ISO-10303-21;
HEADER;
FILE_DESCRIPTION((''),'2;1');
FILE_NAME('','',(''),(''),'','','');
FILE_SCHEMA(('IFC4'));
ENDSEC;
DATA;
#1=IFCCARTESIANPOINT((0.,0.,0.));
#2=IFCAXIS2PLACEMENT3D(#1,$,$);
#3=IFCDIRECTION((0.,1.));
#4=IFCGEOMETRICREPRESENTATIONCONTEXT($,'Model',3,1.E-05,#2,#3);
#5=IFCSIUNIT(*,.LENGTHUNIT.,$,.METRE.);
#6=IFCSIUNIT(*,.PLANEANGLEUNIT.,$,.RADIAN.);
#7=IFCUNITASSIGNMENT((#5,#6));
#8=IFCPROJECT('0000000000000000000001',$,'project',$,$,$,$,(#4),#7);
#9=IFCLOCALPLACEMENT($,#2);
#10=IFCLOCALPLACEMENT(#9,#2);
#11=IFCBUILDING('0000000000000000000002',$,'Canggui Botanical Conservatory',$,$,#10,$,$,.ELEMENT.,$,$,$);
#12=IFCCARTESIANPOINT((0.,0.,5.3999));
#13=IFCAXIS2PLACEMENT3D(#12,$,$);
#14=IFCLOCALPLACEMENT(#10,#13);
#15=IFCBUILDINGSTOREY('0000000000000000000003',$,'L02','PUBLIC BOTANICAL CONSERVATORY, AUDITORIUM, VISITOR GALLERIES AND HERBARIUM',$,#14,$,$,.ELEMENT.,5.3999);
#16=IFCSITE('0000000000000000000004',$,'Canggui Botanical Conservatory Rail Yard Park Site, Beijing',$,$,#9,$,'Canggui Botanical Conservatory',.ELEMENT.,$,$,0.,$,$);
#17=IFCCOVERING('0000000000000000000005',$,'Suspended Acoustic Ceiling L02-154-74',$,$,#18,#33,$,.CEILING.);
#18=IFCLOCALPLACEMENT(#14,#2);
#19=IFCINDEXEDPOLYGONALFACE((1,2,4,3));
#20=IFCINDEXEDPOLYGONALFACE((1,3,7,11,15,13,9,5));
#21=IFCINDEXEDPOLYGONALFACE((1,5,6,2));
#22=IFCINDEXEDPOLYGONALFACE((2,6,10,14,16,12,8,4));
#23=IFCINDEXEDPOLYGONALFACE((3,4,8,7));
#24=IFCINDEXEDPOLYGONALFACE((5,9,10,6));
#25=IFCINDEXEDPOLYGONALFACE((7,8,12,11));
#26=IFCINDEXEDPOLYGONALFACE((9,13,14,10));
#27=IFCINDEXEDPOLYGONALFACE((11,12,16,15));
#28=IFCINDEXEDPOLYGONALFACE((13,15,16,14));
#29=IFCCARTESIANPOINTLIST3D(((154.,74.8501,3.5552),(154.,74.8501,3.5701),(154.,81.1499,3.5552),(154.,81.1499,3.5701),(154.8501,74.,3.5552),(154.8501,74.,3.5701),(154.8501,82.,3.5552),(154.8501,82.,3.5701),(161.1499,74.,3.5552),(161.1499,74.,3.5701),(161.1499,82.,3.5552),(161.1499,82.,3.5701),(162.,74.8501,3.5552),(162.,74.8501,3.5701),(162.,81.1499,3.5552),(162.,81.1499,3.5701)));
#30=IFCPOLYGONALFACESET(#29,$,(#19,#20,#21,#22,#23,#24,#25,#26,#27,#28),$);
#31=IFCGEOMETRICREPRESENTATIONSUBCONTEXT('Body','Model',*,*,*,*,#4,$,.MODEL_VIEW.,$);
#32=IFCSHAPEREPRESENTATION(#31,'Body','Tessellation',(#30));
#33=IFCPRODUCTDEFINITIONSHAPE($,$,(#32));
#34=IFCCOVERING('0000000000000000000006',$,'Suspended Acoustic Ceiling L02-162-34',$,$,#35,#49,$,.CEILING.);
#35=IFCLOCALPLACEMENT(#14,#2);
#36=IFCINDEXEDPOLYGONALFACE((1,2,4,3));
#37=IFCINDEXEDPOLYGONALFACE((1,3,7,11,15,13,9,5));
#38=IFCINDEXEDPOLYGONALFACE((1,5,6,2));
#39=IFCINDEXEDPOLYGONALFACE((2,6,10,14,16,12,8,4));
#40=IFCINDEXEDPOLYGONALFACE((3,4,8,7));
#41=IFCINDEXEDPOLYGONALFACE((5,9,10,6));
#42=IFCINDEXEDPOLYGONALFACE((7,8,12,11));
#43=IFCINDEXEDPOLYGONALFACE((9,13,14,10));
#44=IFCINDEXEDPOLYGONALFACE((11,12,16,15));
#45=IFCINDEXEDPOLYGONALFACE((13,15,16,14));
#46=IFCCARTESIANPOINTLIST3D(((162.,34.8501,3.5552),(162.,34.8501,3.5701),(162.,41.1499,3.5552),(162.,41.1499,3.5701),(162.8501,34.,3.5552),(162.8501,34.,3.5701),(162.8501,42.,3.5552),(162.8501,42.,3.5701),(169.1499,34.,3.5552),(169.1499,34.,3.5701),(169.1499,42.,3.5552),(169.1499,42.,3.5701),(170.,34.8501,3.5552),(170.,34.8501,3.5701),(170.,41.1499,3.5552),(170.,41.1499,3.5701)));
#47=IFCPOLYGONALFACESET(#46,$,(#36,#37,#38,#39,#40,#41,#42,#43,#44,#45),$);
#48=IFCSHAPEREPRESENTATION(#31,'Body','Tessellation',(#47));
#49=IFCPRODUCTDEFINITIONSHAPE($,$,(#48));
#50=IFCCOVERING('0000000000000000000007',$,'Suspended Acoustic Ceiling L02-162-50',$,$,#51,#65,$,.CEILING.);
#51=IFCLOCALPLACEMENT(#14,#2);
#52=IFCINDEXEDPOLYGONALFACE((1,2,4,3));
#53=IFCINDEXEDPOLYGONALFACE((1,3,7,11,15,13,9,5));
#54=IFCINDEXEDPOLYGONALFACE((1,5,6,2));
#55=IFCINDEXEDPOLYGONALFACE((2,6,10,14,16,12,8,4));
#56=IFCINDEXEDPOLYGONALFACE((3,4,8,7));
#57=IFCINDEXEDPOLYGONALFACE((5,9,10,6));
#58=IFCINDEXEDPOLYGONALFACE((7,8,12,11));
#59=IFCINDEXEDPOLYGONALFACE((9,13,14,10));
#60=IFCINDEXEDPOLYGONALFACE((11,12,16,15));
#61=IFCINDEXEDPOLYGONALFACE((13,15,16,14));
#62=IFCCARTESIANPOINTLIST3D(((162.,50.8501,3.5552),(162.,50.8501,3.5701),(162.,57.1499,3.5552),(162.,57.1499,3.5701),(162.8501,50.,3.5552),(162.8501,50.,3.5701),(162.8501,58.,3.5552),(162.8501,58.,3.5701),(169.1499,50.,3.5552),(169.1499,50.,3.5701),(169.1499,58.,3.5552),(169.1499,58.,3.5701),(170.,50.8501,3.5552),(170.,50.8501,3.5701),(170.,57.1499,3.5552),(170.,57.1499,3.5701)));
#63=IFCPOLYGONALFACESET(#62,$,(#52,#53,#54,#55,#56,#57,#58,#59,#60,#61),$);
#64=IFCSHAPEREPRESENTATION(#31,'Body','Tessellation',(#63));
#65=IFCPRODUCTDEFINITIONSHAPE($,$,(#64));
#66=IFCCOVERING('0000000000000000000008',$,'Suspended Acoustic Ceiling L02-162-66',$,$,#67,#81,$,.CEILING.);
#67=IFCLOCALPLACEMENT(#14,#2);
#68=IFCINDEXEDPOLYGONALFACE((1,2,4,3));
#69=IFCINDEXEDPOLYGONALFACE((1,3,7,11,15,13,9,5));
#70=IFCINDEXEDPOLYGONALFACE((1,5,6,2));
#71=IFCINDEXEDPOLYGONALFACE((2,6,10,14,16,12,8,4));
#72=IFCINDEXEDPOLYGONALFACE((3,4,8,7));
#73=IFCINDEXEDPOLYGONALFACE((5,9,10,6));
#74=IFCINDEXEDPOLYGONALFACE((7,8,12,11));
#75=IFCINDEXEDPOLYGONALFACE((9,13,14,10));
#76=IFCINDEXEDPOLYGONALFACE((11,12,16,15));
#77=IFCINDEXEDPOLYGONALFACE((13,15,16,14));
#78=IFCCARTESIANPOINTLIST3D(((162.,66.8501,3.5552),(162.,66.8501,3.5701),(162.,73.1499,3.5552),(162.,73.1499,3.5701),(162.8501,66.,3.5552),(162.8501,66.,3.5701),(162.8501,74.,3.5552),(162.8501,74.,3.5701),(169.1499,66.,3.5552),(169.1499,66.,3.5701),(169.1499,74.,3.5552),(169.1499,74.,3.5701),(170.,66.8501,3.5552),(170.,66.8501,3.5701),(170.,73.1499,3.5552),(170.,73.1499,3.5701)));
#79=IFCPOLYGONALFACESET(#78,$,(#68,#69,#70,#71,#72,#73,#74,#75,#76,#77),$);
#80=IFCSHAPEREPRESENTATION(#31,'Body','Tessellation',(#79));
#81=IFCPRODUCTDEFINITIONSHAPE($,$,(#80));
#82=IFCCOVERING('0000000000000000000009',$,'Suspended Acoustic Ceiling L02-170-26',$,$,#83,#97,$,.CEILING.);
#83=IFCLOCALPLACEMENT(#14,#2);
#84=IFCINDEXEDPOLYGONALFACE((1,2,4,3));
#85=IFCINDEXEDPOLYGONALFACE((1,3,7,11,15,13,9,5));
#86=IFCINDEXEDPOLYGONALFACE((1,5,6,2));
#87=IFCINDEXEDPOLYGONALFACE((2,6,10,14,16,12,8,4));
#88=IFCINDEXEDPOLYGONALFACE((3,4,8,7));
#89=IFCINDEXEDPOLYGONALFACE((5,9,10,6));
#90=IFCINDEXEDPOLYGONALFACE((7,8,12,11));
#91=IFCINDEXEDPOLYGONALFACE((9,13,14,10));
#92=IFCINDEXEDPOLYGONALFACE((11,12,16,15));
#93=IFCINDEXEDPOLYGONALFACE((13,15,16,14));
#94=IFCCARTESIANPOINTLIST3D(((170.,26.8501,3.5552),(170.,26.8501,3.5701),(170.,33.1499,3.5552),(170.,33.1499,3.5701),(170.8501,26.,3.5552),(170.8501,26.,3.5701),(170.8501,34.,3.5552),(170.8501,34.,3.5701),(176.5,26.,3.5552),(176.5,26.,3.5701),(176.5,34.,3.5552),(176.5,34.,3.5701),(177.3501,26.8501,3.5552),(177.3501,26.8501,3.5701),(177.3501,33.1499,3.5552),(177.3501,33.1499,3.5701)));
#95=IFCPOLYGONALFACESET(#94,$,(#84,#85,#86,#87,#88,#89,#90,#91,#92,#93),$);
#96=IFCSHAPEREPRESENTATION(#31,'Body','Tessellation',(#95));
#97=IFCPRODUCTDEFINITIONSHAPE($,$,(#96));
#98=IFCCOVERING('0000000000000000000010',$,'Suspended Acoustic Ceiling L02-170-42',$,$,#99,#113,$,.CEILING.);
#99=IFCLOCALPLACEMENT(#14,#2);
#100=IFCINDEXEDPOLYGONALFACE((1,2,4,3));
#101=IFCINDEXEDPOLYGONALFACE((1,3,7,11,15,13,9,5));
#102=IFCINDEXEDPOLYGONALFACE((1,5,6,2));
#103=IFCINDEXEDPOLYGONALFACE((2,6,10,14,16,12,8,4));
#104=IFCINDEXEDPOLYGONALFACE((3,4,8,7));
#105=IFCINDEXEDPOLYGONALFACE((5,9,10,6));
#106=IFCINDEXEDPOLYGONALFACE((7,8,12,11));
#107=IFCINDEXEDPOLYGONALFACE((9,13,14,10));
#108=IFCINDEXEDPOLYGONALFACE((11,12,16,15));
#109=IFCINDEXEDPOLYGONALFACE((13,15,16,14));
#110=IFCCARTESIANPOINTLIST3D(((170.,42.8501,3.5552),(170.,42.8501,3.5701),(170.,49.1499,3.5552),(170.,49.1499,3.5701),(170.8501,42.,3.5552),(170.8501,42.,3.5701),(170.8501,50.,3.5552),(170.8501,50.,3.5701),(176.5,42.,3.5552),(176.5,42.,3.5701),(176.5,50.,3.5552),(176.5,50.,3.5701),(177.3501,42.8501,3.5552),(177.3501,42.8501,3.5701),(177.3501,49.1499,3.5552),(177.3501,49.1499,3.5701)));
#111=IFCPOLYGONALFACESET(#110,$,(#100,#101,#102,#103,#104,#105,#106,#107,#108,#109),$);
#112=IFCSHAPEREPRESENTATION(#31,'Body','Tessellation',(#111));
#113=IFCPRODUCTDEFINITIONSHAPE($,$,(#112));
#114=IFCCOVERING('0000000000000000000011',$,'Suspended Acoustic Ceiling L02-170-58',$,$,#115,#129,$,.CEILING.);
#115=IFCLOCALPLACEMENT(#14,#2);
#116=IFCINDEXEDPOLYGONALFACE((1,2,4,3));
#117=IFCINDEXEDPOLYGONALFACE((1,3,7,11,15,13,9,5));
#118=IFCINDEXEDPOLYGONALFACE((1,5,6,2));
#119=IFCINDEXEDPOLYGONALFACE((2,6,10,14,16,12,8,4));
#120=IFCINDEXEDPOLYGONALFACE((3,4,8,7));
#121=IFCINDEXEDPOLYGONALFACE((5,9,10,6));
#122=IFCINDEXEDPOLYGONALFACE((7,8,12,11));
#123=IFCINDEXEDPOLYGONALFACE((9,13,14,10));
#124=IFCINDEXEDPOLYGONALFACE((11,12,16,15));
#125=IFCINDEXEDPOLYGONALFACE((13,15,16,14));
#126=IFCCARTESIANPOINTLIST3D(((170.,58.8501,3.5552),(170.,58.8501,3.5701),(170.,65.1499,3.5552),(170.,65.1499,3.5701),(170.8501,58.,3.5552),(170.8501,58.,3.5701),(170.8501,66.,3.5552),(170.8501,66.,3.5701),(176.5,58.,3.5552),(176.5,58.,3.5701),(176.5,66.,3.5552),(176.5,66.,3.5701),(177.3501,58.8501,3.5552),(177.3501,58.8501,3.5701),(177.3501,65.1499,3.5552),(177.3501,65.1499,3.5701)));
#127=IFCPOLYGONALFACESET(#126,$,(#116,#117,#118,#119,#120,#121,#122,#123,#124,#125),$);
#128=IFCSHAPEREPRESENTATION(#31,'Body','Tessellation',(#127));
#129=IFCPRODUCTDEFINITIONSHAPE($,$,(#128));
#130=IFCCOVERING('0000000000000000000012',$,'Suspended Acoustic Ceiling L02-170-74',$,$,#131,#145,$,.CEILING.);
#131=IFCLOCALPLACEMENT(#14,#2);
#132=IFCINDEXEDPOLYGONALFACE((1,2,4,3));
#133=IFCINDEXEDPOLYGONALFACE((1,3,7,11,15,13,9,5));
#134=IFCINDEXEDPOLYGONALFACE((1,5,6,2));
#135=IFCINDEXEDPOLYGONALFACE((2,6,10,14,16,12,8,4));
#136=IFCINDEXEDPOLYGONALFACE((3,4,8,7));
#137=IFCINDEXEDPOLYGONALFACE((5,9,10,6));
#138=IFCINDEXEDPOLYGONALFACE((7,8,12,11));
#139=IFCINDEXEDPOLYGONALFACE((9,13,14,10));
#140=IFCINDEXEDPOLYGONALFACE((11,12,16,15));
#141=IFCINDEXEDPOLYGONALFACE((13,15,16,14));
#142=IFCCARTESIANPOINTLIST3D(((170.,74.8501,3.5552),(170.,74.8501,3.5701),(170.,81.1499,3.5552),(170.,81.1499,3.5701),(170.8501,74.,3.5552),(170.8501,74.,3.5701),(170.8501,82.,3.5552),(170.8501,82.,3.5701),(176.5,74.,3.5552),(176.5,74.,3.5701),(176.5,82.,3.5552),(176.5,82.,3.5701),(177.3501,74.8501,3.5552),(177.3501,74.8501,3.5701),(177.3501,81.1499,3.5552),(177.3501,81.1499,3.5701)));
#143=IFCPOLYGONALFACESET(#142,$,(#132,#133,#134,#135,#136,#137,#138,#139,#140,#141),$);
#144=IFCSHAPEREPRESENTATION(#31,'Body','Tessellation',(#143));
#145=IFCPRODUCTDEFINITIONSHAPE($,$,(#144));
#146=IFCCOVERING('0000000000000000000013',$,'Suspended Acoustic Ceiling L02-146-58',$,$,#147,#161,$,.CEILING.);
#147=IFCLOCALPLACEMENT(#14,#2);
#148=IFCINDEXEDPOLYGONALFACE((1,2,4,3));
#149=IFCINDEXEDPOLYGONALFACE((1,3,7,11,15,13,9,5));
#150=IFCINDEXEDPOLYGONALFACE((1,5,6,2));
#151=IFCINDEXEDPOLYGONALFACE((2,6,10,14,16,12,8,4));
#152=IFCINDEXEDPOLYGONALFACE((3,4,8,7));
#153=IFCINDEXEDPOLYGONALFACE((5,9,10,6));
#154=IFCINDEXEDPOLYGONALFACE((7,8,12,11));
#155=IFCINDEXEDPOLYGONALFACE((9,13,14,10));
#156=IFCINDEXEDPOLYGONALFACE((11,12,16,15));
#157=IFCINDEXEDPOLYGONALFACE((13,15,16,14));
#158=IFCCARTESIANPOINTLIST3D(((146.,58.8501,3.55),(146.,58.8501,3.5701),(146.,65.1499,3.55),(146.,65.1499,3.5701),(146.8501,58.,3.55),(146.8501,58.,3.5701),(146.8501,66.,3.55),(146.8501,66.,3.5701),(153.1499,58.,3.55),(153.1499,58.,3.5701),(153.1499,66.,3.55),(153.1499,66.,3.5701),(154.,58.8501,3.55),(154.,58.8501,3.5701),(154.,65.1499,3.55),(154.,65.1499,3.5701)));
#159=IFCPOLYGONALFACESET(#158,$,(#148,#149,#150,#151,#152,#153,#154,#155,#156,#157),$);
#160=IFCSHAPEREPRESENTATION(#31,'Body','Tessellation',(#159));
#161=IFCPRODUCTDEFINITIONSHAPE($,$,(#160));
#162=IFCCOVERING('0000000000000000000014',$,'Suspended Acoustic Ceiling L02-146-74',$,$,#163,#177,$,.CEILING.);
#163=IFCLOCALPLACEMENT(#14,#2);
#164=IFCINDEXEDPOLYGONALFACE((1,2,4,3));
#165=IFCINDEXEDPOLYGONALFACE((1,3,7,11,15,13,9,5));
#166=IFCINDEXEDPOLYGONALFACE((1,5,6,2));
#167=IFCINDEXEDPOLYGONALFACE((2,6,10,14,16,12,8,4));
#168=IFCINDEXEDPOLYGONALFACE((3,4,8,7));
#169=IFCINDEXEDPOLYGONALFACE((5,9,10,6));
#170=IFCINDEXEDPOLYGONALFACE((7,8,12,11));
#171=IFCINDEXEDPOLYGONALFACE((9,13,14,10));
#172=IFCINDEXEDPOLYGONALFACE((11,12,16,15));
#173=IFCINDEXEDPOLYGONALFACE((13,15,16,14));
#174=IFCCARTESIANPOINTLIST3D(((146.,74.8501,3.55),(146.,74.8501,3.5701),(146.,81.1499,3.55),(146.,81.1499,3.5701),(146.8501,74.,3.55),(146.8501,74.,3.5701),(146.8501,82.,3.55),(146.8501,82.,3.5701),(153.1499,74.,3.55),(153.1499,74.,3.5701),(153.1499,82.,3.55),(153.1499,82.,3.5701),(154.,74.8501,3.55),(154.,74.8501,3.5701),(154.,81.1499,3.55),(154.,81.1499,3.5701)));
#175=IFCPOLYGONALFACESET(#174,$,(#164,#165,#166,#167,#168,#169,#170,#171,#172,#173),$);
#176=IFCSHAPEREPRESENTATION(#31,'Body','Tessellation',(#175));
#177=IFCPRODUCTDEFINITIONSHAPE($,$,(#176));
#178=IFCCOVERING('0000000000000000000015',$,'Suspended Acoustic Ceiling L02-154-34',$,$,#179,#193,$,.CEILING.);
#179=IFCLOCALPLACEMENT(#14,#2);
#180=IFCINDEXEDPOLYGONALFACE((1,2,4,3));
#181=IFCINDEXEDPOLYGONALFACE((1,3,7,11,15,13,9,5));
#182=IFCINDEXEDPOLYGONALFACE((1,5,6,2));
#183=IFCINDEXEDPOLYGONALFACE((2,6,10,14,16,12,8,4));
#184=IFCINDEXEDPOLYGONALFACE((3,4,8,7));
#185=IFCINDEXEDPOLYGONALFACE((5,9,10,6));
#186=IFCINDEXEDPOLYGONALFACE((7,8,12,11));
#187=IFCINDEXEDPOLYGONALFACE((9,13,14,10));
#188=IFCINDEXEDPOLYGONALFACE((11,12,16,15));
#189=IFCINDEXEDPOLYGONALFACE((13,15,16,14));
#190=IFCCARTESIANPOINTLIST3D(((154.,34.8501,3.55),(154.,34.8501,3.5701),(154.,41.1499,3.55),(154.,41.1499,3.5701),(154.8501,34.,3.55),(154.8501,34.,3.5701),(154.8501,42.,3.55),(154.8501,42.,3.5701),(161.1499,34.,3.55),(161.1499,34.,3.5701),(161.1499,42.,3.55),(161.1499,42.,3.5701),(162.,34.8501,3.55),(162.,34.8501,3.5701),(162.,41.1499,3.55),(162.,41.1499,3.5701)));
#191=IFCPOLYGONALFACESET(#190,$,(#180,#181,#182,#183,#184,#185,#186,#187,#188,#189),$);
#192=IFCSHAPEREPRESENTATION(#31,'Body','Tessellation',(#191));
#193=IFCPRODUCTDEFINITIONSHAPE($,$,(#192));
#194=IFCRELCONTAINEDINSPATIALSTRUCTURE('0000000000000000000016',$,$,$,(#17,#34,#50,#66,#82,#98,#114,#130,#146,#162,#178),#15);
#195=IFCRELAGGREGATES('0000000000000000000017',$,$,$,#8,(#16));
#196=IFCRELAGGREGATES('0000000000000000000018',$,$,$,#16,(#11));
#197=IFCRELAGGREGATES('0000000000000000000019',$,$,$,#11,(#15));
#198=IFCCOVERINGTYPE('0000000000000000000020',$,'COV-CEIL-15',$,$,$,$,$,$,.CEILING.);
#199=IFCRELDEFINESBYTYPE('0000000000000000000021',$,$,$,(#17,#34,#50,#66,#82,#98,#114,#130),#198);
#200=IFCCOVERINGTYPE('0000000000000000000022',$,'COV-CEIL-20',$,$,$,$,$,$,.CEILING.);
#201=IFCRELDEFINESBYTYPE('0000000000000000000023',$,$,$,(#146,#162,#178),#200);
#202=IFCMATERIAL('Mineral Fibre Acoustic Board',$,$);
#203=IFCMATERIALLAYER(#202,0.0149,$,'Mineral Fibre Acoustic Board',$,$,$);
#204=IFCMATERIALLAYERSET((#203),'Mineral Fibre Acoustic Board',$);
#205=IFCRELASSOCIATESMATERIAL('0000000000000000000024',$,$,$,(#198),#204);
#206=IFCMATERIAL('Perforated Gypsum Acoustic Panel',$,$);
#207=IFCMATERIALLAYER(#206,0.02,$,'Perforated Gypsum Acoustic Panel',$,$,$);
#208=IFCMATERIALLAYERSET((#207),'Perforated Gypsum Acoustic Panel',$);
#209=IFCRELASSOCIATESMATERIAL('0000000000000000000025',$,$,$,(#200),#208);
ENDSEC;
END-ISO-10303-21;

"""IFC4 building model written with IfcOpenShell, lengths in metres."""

from ifc_helpers import new_model, si_unit, direction, frame, origin, place, context, subcontext, project, spatial, polyline, outline, extrude, material, layer, layer_set, type_object, element, save


model = new_model("IFC4")

# Units and contexts
model_context = context("Model", 3, precision=1e-05, world=origin(), true_north=direction((0.0, 1.0)))
body_context = subcontext(model_context, "Body", "Model", "MODEL_VIEW")
ifc_project = project(units=[si_unit("LENGTHUNIT", "METRE"), si_unit("PLANEANGLEUNIT", "RADIAN")], contexts=[model_context])

# Site, building, storey
site_placement = place(None, origin())
site = spatial("IfcSite", under=ifc_project, at=site_placement, Name="Canggui Botanical Conservatory Rail Yard Park Site, Beijing", LongName="Canggui Botanical Conservatory", CompositionType="ELEMENT", RefElevation=0.0)
building_placement = place(site_placement, origin())
building = spatial("IfcBuilding", under=site, at=building_placement, Name="Canggui Botanical Conservatory", CompositionType="ELEMENT")
storey_placement = place(building_placement, frame((0.0, 0.0, 5.3999)))
storey = spatial("IfcBuildingStorey", under=building, at=storey_placement, Name="L02", Description="PUBLIC BOTANICAL CONSERVATORY, AUDITORIUM, VISITOR GALLERIES AND HERBARIUM", CompositionType="ELEMENT", Elevation=5.3999)

# Coverings
ifc_material_1 = material(Name="Mineral Fibre Acoustic Board")
ifc_layer_1 = layer(ifc_material_1, 0.0149, Name="Mineral Fibre Acoustic Board")
ifc_layer_set_1 = layer_set([ifc_layer_1], Name="Mineral Fibre Acoustic Board")
covering_type_1 = type_object("IfcCoveringType", Name="COV-CEIL-15", PredefinedType="CEILING", material=ifc_layer_set_1)
covering_1_placement = place(storey_placement, frame((0.0, 0.0, 3.5552)))
element("IfcCovering", 1, at=covering_1_placement, inside=storey, type_object=covering_type_1, Name="Suspended Acoustic Ceiling L02-154-74", PredefinedType="CEILING", context=body_context, shape_type="SweptSolid", body=[
    extrude(outline(polyline([(154.8501, 74.0), (161.1499, 74.0), (162.0, 74.8501), (162.0, 81.1499), (161.1499, 82.0), (154.8501, 82.0), (154.0, 81.1499), (154.0, 74.8501), (154.8501, 74.0)])), origin(), (0.0, 0.0, 1.0), 0.0149),
])
covering_2_placement = place(storey_placement, frame((0.0, 0.0, 3.5552)))
element("IfcCovering", 2, at=covering_2_placement, inside=storey, type_object=covering_type_1, Name="Suspended Acoustic Ceiling L02-162-34", PredefinedType="CEILING", context=body_context, shape_type="SweptSolid", body=[
    extrude(outline(polyline([(162.8501, 34.0), (169.1499, 34.0), (170.0, 34.8501), (170.0, 41.1499), (169.1499, 42.0), (162.8501, 42.0), (162.0, 41.1499), (162.0, 34.8501), (162.8501, 34.0)])), origin(), (0.0, 0.0, 1.0), 0.0149),
])
covering_3_placement = place(storey_placement, frame((0.0, 0.0, 3.5552)))
element("IfcCovering", 3, at=covering_3_placement, inside=storey, type_object=covering_type_1, Name="Suspended Acoustic Ceiling L02-162-50", PredefinedType="CEILING", context=body_context, shape_type="SweptSolid", body=[
    extrude(outline(polyline([(162.8501, 50.0), (169.1499, 50.0), (170.0, 50.8501), (170.0, 57.1499), (169.1499, 58.0), (162.8501, 58.0), (162.0, 57.1499), (162.0, 50.8501), (162.8501, 50.0)])), origin(), (0.0, 0.0, 1.0), 0.0149),
])
covering_4_placement = place(storey_placement, frame((0.0, 0.0, 3.5552)))
element("IfcCovering", 4, at=covering_4_placement, inside=storey, type_object=covering_type_1, Name="Suspended Acoustic Ceiling L02-162-66", PredefinedType="CEILING", context=body_context, shape_type="SweptSolid", body=[
    extrude(outline(polyline([(162.8501, 66.0), (169.1499, 66.0), (170.0, 66.8501), (170.0, 73.1499), (169.1499, 74.0), (162.8501, 74.0), (162.0, 73.1499), (162.0, 66.8501), (162.8501, 66.0)])), origin(), (0.0, 0.0, 1.0), 0.0149),
])
covering_5_placement = place(storey_placement, frame((0.0, 0.0, 3.5552)))
element("IfcCovering", 5, at=covering_5_placement, inside=storey, type_object=covering_type_1, Name="Suspended Acoustic Ceiling L02-170-26", PredefinedType="CEILING", context=body_context, shape_type="SweptSolid", body=[
    extrude(outline(polyline([(170.8501, 26.0), (176.5, 26.0), (177.3501, 26.8501), (177.3501, 33.1499), (176.5, 34.0), (170.8501, 34.0), (170.0, 33.1499), (170.0, 26.8501), (170.8501, 26.0)])), origin(), (0.0, 0.0, 1.0), 0.0149),
])
covering_6_placement = place(storey_placement, frame((0.0, 0.0, 3.5552)))
element("IfcCovering", 6, at=covering_6_placement, inside=storey, type_object=covering_type_1, Name="Suspended Acoustic Ceiling L02-170-42", PredefinedType="CEILING", context=body_context, shape_type="SweptSolid", body=[
    extrude(outline(polyline([(170.8501, 42.0), (176.5, 42.0), (177.3501, 42.8501), (177.3501, 49.1499), (176.5, 50.0), (170.8501, 50.0), (170.0, 49.1499), (170.0, 42.8501), (170.8501, 42.0)])), origin(), (0.0, 0.0, 1.0), 0.0149),
])
covering_7_placement = place(storey_placement, frame((0.0, 0.0, 3.5552)))
element("IfcCovering", 7, at=covering_7_placement, inside=storey, type_object=covering_type_1, Name="Suspended Acoustic Ceiling L02-170-58", PredefinedType="CEILING", context=body_context, shape_type="SweptSolid", body=[
    extrude(outline(polyline([(170.8501, 58.0), (176.5, 58.0), (177.3501, 58.8501), (177.3501, 65.1499), (176.5, 66.0), (170.8501, 66.0), (170.0, 65.1499), (170.0, 58.8501), (170.8501, 58.0)])), origin(), (0.0, 0.0, 1.0), 0.0149),
])
covering_8_placement = place(storey_placement, frame((0.0, 0.0, 3.5552)))
element("IfcCovering", 8, at=covering_8_placement, inside=storey, type_object=covering_type_1, Name="Suspended Acoustic Ceiling L02-170-74", PredefinedType="CEILING", context=body_context, shape_type="SweptSolid", body=[
    extrude(outline(polyline([(170.8501, 74.0), (176.5, 74.0), (177.3501, 74.8501), (177.3501, 81.1499), (176.5, 82.0), (170.8501, 82.0), (170.0, 81.1499), (170.0, 74.8501), (170.8501, 74.0)])), origin(), (0.0, 0.0, 1.0), 0.0149),
])
ifc_material_2 = material(Name="Perforated Gypsum Acoustic Panel")
ifc_layer_2 = layer(ifc_material_2, 0.02, Name="Perforated Gypsum Acoustic Panel")
ifc_layer_set_2 = layer_set([ifc_layer_2], Name="Perforated Gypsum Acoustic Panel")
covering_type_2 = type_object("IfcCoveringType", Name="COV-CEIL-20", PredefinedType="CEILING", material=ifc_layer_set_2)
covering_9_placement = place(storey_placement, frame((0.0, 0.0, 3.55)))
element("IfcCovering", 9, at=covering_9_placement, inside=storey, type_object=covering_type_2, Name="Suspended Acoustic Ceiling L02-146-58", PredefinedType="CEILING", context=body_context, shape_type="SweptSolid", body=[
    extrude(outline(polyline([(146.8501, 58.0), (153.1499, 58.0), (154.0, 58.8501), (154.0, 65.1499), (153.1499, 66.0), (146.8501, 66.0), (146.0, 65.1499), (146.0, 58.8501), (146.8501, 58.0)])), origin(), (0.0, 0.0, 1.0), 0.02),
])
covering_10_placement = place(storey_placement, frame((0.0, 0.0, 3.55)))
element("IfcCovering", 10, at=covering_10_placement, inside=storey, type_object=covering_type_2, Name="Suspended Acoustic Ceiling L02-146-74", PredefinedType="CEILING", context=body_context, shape_type="SweptSolid", body=[
    extrude(outline(polyline([(146.8501, 74.0), (153.1499, 74.0), (154.0, 74.8501), (154.0, 81.1499), (153.1499, 82.0), (146.8501, 82.0), (146.0, 81.1499), (146.0, 74.8501), (146.8501, 74.0)])), origin(), (0.0, 0.0, 1.0), 0.02),
])
covering_11_placement = place(storey_placement, frame((0.0, 0.0, 3.55)))
element("IfcCovering", 11, at=covering_11_placement, inside=storey, type_object=covering_type_2, Name="Suspended Acoustic Ceiling L02-154-34", PredefinedType="CEILING", context=body_context, shape_type="SweptSolid", body=[
    extrude(outline(polyline([(154.8501, 34.0), (161.1499, 34.0), (162.0, 34.8501), (162.0, 41.1499), (161.1499, 42.0), (154.8501, 42.0), (154.0, 41.1499), (154.0, 34.8501), (154.8501, 34.0)])), origin(), (0.0, 0.0, 1.0), 0.02),
])

save(model, "model.ifc")
